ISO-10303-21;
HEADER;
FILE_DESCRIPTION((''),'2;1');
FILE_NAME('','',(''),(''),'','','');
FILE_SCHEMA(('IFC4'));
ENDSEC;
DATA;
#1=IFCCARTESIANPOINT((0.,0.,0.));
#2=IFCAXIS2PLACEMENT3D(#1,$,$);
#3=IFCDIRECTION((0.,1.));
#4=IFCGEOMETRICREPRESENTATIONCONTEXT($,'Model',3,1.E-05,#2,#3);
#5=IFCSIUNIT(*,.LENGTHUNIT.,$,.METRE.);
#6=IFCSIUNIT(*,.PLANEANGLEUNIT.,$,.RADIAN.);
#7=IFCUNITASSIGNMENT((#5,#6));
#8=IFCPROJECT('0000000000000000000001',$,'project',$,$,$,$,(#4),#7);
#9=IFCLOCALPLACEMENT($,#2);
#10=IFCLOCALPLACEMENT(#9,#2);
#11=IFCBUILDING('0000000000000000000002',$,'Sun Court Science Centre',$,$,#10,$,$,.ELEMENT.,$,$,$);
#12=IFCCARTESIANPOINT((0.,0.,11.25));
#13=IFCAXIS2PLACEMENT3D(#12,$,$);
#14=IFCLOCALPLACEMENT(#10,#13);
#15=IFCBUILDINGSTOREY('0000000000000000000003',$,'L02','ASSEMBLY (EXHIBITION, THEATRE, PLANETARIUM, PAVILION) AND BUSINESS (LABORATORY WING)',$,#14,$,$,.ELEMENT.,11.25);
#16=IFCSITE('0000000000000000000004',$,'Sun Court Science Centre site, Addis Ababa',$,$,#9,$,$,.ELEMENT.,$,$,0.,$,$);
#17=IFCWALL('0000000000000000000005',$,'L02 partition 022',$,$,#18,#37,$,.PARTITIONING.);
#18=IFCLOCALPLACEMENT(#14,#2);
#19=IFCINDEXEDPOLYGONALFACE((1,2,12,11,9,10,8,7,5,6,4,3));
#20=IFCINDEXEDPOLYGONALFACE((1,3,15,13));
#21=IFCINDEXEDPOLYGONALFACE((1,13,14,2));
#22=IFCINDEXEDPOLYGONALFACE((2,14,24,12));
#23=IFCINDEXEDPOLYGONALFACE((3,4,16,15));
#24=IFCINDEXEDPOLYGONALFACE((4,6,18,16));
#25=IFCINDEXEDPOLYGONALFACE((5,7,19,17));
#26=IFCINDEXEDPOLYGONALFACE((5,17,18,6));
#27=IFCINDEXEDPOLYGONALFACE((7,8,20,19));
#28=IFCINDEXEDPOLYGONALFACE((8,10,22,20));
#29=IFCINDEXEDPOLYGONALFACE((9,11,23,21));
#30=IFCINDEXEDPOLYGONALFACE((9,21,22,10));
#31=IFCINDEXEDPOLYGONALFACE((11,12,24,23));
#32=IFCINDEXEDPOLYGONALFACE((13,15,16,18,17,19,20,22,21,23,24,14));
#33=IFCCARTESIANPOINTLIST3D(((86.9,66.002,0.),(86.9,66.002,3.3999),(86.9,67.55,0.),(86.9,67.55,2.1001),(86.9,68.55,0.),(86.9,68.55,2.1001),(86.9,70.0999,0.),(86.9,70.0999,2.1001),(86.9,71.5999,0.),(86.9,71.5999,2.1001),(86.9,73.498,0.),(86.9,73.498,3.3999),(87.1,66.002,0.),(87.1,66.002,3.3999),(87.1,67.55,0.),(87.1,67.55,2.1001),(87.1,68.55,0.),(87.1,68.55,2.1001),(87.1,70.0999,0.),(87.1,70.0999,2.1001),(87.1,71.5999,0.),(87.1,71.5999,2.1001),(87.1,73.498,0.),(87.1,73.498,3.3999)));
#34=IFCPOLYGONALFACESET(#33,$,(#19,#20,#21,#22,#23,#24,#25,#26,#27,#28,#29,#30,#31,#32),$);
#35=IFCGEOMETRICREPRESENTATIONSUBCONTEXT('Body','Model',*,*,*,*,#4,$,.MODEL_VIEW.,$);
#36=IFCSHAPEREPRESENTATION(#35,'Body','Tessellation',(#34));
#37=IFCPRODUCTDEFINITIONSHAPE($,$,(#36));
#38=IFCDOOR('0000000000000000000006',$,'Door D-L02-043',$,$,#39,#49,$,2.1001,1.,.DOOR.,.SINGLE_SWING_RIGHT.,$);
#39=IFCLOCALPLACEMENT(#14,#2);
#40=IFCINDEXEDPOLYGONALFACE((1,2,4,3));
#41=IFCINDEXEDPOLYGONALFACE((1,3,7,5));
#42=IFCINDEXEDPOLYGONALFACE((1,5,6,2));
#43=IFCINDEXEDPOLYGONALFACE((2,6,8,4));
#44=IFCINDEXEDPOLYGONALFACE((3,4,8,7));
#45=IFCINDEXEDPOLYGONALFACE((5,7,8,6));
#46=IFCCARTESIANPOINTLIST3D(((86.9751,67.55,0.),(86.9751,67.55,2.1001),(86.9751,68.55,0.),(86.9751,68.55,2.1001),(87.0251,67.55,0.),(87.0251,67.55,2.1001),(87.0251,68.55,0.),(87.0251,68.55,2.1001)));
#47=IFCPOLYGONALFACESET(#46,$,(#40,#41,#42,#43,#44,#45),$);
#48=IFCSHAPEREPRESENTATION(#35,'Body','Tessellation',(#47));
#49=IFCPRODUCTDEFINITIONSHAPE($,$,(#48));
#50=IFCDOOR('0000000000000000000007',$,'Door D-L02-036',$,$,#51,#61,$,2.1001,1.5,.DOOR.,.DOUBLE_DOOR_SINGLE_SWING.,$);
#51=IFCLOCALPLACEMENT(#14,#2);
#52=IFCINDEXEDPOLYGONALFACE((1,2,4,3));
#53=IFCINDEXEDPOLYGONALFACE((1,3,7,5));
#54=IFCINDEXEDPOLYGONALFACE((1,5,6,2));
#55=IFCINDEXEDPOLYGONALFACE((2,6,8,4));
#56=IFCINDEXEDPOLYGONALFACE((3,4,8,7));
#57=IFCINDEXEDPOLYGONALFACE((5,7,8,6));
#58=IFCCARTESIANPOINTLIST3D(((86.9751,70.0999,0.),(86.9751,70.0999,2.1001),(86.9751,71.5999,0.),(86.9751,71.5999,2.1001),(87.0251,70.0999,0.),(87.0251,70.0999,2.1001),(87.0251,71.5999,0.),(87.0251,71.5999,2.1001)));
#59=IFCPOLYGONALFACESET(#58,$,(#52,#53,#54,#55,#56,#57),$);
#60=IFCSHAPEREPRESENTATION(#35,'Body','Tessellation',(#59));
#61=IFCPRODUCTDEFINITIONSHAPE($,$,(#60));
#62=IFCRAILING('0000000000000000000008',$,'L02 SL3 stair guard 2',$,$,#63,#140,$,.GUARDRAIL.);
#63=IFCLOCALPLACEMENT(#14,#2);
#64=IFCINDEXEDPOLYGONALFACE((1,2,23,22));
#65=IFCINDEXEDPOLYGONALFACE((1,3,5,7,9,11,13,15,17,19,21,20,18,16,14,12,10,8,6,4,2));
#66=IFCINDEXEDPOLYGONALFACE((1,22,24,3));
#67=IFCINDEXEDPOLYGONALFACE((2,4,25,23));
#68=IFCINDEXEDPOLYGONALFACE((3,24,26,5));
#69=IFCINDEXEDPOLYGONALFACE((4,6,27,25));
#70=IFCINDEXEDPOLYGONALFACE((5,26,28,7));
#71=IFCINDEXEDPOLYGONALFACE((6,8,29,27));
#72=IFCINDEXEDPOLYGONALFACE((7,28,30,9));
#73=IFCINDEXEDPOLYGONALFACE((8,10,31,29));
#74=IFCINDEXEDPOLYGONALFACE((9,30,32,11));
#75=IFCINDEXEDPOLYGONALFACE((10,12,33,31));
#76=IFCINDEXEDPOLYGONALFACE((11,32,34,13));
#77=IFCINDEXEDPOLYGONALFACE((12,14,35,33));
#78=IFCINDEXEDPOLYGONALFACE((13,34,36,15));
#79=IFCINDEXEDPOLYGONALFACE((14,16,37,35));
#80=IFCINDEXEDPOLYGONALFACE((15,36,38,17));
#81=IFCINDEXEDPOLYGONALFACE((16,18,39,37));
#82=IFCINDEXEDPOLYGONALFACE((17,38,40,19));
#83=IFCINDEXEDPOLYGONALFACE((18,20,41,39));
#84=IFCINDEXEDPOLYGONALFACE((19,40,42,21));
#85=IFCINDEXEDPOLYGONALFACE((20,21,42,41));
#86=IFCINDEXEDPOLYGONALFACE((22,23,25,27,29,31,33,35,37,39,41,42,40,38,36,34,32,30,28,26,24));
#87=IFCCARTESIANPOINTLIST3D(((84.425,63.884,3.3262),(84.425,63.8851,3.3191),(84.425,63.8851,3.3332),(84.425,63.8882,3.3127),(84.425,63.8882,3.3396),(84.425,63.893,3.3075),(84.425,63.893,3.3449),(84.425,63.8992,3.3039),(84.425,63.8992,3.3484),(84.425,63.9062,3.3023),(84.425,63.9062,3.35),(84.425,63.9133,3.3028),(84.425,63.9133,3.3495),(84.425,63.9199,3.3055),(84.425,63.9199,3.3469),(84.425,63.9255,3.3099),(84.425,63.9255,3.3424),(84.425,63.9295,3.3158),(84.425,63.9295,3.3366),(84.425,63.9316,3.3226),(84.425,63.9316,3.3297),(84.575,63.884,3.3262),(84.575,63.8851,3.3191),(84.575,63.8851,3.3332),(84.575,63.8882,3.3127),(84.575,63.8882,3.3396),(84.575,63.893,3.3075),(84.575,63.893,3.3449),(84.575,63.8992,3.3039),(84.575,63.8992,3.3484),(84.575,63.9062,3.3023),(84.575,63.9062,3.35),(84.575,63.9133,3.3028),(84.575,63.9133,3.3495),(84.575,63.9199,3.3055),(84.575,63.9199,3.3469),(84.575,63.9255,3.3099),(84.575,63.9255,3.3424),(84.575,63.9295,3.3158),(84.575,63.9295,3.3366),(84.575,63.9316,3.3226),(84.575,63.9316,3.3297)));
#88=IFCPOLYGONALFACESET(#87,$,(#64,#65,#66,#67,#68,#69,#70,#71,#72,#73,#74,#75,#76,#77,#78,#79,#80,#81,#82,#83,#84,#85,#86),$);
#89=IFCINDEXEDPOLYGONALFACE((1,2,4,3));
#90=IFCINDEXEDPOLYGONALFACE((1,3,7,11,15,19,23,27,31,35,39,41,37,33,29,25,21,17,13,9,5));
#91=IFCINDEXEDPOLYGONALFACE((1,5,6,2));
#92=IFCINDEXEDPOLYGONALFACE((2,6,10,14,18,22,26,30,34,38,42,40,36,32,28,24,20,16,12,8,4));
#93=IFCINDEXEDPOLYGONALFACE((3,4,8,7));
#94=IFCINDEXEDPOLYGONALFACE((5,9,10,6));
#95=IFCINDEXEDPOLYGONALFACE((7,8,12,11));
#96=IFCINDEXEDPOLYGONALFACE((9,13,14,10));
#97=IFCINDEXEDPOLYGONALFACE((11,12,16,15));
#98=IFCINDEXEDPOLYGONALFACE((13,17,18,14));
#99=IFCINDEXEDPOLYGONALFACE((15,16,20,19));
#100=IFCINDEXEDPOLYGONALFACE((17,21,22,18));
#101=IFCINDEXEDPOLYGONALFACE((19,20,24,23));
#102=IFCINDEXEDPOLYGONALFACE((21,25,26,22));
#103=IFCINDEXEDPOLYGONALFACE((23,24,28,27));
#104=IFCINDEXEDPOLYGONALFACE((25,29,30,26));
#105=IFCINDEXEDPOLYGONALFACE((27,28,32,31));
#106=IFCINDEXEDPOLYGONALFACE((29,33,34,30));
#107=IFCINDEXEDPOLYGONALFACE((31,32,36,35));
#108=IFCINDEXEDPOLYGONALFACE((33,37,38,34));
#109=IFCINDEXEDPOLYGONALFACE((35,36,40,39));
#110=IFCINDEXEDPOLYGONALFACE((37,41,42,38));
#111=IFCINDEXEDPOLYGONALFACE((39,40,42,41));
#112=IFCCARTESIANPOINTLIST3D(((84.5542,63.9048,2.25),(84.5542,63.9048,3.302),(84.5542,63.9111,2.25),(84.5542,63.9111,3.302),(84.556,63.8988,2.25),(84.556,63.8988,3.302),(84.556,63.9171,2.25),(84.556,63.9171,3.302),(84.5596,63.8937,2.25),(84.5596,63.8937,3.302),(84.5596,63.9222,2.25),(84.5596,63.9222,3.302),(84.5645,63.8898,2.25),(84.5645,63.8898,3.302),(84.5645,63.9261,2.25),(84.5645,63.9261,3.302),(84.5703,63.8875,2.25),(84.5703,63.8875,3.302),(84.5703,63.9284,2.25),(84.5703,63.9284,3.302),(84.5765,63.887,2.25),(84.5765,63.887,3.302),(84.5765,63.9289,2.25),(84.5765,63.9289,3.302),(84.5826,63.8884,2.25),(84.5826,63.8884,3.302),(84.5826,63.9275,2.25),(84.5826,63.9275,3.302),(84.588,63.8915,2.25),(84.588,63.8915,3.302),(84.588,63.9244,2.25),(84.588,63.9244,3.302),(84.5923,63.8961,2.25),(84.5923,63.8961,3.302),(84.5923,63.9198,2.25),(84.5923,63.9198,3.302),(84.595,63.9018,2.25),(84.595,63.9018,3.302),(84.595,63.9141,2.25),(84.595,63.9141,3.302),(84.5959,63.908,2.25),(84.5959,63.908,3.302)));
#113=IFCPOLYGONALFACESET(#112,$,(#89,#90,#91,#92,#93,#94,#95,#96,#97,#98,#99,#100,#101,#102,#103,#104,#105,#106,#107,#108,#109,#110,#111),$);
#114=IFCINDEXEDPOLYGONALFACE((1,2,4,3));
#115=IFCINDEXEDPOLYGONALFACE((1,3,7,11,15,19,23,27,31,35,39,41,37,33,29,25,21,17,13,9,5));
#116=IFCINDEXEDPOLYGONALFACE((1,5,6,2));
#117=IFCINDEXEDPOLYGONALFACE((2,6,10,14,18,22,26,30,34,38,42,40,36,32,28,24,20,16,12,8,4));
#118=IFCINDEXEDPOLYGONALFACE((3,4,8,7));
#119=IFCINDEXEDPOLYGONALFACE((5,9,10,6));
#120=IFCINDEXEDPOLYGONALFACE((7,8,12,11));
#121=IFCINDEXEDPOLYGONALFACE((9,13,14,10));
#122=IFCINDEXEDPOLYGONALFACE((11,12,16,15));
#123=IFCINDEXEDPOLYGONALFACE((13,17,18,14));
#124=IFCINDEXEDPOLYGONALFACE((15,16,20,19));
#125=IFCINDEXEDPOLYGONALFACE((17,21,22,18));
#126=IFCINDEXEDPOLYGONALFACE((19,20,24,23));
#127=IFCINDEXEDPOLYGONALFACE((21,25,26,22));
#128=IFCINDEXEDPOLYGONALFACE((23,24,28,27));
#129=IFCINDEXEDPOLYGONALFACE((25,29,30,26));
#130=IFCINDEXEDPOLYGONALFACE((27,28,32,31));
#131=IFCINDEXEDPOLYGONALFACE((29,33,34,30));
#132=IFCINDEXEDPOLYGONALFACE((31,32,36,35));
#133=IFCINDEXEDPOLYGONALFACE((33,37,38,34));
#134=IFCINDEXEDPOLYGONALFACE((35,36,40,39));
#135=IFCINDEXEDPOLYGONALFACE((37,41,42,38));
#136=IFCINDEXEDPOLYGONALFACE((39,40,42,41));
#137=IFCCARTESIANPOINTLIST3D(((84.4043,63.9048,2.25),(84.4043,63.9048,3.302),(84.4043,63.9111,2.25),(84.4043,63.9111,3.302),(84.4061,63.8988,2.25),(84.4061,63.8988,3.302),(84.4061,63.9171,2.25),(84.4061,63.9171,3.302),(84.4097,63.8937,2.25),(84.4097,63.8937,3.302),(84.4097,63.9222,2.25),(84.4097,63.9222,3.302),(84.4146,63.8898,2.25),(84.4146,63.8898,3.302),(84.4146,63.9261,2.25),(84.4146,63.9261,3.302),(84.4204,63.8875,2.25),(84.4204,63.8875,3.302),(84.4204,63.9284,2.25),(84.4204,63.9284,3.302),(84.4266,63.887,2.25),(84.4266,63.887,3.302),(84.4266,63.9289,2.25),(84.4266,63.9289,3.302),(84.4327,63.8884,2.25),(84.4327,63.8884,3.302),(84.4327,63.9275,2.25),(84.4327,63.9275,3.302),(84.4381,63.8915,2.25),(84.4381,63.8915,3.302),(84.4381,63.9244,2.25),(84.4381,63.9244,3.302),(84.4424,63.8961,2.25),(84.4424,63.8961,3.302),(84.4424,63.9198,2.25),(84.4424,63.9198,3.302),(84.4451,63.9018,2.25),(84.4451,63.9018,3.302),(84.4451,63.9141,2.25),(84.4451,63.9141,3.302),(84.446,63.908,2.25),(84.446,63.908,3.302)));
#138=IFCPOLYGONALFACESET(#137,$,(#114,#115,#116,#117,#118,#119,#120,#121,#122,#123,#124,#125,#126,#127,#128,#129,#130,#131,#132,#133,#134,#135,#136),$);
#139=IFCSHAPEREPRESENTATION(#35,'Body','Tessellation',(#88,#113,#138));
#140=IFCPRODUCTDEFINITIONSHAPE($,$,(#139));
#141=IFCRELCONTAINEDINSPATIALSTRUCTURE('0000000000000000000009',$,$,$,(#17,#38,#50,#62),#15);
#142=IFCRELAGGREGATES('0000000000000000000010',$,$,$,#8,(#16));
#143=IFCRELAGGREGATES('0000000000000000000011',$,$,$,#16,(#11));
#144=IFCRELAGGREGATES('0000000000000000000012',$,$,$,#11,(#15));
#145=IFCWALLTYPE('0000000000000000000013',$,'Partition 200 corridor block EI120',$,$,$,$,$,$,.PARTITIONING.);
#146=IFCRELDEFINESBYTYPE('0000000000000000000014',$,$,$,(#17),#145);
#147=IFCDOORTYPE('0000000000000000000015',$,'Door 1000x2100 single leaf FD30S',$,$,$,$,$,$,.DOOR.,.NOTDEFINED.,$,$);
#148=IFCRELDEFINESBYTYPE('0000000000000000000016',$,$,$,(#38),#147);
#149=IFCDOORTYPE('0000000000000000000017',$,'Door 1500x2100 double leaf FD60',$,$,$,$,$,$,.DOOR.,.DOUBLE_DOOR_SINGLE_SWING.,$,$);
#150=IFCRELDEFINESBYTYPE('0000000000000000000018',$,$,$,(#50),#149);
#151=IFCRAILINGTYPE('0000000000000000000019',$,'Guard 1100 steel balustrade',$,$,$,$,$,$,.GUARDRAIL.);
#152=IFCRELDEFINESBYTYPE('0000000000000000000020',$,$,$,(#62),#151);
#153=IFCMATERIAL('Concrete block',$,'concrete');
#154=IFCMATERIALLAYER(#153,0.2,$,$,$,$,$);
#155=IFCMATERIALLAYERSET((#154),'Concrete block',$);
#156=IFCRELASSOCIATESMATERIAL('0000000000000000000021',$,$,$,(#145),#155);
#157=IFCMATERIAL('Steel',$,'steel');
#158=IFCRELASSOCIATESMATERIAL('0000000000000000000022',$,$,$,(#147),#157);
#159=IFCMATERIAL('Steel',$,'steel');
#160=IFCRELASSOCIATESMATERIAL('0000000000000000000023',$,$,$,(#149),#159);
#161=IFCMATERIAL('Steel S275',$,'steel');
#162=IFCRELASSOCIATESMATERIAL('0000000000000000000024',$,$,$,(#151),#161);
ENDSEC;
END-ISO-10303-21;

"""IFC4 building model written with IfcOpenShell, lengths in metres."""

from ifc_helpers import new_model, si_unit, direction, frame, frame_2d, origin, origin_2d, place, context, subcontext, project, spatial, rectangle, circle, extrude, material, layer, layer_set, type_object, element, fill, save


model = new_model("IFC4")

# Units and contexts
model_context = context("Model", 3, precision=1e-05, world=origin(), true_north=direction((0.0, 1.0)))
body_context = subcontext(model_context, "Body", "Model", "MODEL_VIEW")
ifc_project = project(units=[si_unit("LENGTHUNIT", "METRE"), si_unit("PLANEANGLEUNIT", "RADIAN")], contexts=[model_context])

# Site, building, storey
site_placement = place(None, origin())
site = spatial("IfcSite", under=ifc_project, at=site_placement, Name="Sun Court Science Centre site, Addis Ababa", CompositionType="ELEMENT", RefElevation=0.0)
building_placement = place(site_placement, origin())
building = spatial("IfcBuilding", under=site, at=building_placement, Name="Sun Court Science Centre", CompositionType="ELEMENT")
storey_placement = place(building_placement, frame((0.0, 0.0, 11.25)))
storey = spatial("IfcBuildingStorey", under=building, at=storey_placement, Name="L02", Description="ASSEMBLY (EXHIBITION, THEATRE, PLANETARIUM, PAVILION) AND BUSINESS (LABORATORY WING)", CompositionType="ELEMENT", Elevation=11.25)

# Wall, openings, doors
ifc_material_1 = material(Name="Concrete block", Category="concrete")
ifc_layer_1 = layer(ifc_material_1, 0.2)
ifc_layer_set_1 = layer_set([ifc_layer_1], Name="Concrete block")
wall_type_1 = type_object("IfcWallType", Name="Partition 200 corridor block EI120", PredefinedType="PARTITIONING", material=ifc_layer_set_1)
wall_1_placement = place(storey_placement, frame((87.0, 66.002, 0.0), z_axis=(0.0, 0.0, 1.0), x_axis=(0.0, 1.0, 0.0)))
wall_1 = element("IfcWall", 1, at=wall_1_placement, inside=storey, type_object=wall_type_1, Name="L02 partition 022", PredefinedType="PARTITIONING", context=body_context, shape_type="SweptSolid", body=[
    extrude(rectangle(XDim=7.4961, YDim=0.2, at=frame_2d((3.748, 0.0))), origin(), (0.0, 0.0, 1.0), 3.3999),
])
opening_1_placement = place(wall_1_placement, frame((4.0979, 0.0, 0.0)))
opening_1 = element("IfcOpeningElement", 2, at=opening_1_placement, cuts=wall_1, PredefinedType="OPENING", context=body_context, shape_type="SweptSolid", body=[
    extrude(rectangle(XDim=1.5, YDim=2.1001, at=frame_2d((0.75, 1.05))), frame((0.0, 0.1099, 0.0), z_axis=(0.0, -1.0, 0.0), x_axis=(1.0, 0.0, 0.0)), (0.0, 0.0, 1.0), 0.22),
])
opening_2_placement = place(wall_1_placement, frame((1.5481, 0.0, 0.0)))
opening_2 = element("IfcOpeningElement", 3, at=opening_2_placement, cuts=wall_1, PredefinedType="OPENING", context=body_context, shape_type="SweptSolid", body=[
    extrude(rectangle(XDim=1.0, YDim=2.1001, at=frame_2d((0.5, 1.05))), frame((0.0, 0.1099, 0.0), z_axis=(0.0, -1.0, 0.0), x_axis=(1.0, 0.0, 0.0)), (0.0, 0.0, 1.0), 0.22),
])
ifc_material_2 = material(Name="Steel", Category="steel")
door_type_1 = type_object("IfcDoorType", Name="Door 1000x2100 single leaf FD30S", OperationType="NOTDEFINED", PredefinedType="DOOR", material=ifc_material_2)
door_1_placement = place(opening_2_placement, origin())
door_1 = element("IfcDoor", 4, at=door_1_placement, inside=storey, type_object=door_type_1, Name="Door D-L02-043", OperationType="SINGLE_SWING_RIGHT", OverallHeight=2.1001, OverallWidth=1.0, PredefinedType="DOOR", context=body_context, shape_type="SweptSolid", body=[
    extrude(rectangle(XDim=1.0, YDim=2.1001, at=frame_2d((0.5, 1.05))), frame((0.0, 0.0249, 0.0), z_axis=(0.0, -1.0, 0.0), x_axis=(1.0, 0.0, 0.0)), (0.0, 0.0, 1.0), 0.05),
])
fill(opening_2, door_1)
ifc_material_3 = material(Name="Steel", Category="steel")
door_type_2 = type_object("IfcDoorType", Name="Door 1500x2100 double leaf FD60", OperationType="DOUBLE_DOOR_SINGLE_SWING", PredefinedType="DOOR", material=ifc_material_3)
door_2_placement = place(opening_1_placement, origin())
door_2 = element("IfcDoor", 5, at=door_2_placement, inside=storey, type_object=door_type_2, Name="Door D-L02-036", OperationType="DOUBLE_DOOR_SINGLE_SWING", OverallHeight=2.1001, OverallWidth=1.5, PredefinedType="DOOR", context=body_context, shape_type="SweptSolid", body=[
    extrude(rectangle(XDim=1.5, YDim=2.1001, at=frame_2d((0.75, 1.05))), frame((0.0, 0.0249, 0.0), z_axis=(0.0, -1.0, 0.0), x_axis=(1.0, 0.0, 0.0)), (0.0, 0.0, 1.0), 0.05),
])
fill(opening_1, door_2)

# Railing
ifc_material_4 = material(Name="Steel S275", Category="steel")
railing_type = type_object("IfcRailingType", Name="Guard 1100 steel balustrade", PredefinedType="GUARDRAIL", material=ifc_material_4)
railing_1_placement = place(storey_placement, frame((84.575, 63.908, 2.25)))
element("IfcRailing", 6, at=railing_1_placement, inside=storey, type_object=railing_type, Name="L02 SL3 stair guard 2", PredefinedType="GUARDRAIL", context=body_context, shape_type="SweptSolid", body=[
    extrude(circle(Radius=0.0239, at=origin_2d()), frame((0.0, 0.0, 1.0762), z_axis=(-1.0, 0.0, 0.0), x_axis=(0.0, -1.0, 0.0)), (0.0, 0.0, 1.0), 0.1499),
    extrude(circle(Radius=0.021, at=origin_2d()), origin(), (0.0, 0.0, 1.0), 1.052),
    extrude(circle(Radius=0.021, at=origin_2d()), frame((-0.1499, 0.0, 0.0)), (0.0, 0.0, 1.0), 1.052),
])

save(model, "model.ifc")
